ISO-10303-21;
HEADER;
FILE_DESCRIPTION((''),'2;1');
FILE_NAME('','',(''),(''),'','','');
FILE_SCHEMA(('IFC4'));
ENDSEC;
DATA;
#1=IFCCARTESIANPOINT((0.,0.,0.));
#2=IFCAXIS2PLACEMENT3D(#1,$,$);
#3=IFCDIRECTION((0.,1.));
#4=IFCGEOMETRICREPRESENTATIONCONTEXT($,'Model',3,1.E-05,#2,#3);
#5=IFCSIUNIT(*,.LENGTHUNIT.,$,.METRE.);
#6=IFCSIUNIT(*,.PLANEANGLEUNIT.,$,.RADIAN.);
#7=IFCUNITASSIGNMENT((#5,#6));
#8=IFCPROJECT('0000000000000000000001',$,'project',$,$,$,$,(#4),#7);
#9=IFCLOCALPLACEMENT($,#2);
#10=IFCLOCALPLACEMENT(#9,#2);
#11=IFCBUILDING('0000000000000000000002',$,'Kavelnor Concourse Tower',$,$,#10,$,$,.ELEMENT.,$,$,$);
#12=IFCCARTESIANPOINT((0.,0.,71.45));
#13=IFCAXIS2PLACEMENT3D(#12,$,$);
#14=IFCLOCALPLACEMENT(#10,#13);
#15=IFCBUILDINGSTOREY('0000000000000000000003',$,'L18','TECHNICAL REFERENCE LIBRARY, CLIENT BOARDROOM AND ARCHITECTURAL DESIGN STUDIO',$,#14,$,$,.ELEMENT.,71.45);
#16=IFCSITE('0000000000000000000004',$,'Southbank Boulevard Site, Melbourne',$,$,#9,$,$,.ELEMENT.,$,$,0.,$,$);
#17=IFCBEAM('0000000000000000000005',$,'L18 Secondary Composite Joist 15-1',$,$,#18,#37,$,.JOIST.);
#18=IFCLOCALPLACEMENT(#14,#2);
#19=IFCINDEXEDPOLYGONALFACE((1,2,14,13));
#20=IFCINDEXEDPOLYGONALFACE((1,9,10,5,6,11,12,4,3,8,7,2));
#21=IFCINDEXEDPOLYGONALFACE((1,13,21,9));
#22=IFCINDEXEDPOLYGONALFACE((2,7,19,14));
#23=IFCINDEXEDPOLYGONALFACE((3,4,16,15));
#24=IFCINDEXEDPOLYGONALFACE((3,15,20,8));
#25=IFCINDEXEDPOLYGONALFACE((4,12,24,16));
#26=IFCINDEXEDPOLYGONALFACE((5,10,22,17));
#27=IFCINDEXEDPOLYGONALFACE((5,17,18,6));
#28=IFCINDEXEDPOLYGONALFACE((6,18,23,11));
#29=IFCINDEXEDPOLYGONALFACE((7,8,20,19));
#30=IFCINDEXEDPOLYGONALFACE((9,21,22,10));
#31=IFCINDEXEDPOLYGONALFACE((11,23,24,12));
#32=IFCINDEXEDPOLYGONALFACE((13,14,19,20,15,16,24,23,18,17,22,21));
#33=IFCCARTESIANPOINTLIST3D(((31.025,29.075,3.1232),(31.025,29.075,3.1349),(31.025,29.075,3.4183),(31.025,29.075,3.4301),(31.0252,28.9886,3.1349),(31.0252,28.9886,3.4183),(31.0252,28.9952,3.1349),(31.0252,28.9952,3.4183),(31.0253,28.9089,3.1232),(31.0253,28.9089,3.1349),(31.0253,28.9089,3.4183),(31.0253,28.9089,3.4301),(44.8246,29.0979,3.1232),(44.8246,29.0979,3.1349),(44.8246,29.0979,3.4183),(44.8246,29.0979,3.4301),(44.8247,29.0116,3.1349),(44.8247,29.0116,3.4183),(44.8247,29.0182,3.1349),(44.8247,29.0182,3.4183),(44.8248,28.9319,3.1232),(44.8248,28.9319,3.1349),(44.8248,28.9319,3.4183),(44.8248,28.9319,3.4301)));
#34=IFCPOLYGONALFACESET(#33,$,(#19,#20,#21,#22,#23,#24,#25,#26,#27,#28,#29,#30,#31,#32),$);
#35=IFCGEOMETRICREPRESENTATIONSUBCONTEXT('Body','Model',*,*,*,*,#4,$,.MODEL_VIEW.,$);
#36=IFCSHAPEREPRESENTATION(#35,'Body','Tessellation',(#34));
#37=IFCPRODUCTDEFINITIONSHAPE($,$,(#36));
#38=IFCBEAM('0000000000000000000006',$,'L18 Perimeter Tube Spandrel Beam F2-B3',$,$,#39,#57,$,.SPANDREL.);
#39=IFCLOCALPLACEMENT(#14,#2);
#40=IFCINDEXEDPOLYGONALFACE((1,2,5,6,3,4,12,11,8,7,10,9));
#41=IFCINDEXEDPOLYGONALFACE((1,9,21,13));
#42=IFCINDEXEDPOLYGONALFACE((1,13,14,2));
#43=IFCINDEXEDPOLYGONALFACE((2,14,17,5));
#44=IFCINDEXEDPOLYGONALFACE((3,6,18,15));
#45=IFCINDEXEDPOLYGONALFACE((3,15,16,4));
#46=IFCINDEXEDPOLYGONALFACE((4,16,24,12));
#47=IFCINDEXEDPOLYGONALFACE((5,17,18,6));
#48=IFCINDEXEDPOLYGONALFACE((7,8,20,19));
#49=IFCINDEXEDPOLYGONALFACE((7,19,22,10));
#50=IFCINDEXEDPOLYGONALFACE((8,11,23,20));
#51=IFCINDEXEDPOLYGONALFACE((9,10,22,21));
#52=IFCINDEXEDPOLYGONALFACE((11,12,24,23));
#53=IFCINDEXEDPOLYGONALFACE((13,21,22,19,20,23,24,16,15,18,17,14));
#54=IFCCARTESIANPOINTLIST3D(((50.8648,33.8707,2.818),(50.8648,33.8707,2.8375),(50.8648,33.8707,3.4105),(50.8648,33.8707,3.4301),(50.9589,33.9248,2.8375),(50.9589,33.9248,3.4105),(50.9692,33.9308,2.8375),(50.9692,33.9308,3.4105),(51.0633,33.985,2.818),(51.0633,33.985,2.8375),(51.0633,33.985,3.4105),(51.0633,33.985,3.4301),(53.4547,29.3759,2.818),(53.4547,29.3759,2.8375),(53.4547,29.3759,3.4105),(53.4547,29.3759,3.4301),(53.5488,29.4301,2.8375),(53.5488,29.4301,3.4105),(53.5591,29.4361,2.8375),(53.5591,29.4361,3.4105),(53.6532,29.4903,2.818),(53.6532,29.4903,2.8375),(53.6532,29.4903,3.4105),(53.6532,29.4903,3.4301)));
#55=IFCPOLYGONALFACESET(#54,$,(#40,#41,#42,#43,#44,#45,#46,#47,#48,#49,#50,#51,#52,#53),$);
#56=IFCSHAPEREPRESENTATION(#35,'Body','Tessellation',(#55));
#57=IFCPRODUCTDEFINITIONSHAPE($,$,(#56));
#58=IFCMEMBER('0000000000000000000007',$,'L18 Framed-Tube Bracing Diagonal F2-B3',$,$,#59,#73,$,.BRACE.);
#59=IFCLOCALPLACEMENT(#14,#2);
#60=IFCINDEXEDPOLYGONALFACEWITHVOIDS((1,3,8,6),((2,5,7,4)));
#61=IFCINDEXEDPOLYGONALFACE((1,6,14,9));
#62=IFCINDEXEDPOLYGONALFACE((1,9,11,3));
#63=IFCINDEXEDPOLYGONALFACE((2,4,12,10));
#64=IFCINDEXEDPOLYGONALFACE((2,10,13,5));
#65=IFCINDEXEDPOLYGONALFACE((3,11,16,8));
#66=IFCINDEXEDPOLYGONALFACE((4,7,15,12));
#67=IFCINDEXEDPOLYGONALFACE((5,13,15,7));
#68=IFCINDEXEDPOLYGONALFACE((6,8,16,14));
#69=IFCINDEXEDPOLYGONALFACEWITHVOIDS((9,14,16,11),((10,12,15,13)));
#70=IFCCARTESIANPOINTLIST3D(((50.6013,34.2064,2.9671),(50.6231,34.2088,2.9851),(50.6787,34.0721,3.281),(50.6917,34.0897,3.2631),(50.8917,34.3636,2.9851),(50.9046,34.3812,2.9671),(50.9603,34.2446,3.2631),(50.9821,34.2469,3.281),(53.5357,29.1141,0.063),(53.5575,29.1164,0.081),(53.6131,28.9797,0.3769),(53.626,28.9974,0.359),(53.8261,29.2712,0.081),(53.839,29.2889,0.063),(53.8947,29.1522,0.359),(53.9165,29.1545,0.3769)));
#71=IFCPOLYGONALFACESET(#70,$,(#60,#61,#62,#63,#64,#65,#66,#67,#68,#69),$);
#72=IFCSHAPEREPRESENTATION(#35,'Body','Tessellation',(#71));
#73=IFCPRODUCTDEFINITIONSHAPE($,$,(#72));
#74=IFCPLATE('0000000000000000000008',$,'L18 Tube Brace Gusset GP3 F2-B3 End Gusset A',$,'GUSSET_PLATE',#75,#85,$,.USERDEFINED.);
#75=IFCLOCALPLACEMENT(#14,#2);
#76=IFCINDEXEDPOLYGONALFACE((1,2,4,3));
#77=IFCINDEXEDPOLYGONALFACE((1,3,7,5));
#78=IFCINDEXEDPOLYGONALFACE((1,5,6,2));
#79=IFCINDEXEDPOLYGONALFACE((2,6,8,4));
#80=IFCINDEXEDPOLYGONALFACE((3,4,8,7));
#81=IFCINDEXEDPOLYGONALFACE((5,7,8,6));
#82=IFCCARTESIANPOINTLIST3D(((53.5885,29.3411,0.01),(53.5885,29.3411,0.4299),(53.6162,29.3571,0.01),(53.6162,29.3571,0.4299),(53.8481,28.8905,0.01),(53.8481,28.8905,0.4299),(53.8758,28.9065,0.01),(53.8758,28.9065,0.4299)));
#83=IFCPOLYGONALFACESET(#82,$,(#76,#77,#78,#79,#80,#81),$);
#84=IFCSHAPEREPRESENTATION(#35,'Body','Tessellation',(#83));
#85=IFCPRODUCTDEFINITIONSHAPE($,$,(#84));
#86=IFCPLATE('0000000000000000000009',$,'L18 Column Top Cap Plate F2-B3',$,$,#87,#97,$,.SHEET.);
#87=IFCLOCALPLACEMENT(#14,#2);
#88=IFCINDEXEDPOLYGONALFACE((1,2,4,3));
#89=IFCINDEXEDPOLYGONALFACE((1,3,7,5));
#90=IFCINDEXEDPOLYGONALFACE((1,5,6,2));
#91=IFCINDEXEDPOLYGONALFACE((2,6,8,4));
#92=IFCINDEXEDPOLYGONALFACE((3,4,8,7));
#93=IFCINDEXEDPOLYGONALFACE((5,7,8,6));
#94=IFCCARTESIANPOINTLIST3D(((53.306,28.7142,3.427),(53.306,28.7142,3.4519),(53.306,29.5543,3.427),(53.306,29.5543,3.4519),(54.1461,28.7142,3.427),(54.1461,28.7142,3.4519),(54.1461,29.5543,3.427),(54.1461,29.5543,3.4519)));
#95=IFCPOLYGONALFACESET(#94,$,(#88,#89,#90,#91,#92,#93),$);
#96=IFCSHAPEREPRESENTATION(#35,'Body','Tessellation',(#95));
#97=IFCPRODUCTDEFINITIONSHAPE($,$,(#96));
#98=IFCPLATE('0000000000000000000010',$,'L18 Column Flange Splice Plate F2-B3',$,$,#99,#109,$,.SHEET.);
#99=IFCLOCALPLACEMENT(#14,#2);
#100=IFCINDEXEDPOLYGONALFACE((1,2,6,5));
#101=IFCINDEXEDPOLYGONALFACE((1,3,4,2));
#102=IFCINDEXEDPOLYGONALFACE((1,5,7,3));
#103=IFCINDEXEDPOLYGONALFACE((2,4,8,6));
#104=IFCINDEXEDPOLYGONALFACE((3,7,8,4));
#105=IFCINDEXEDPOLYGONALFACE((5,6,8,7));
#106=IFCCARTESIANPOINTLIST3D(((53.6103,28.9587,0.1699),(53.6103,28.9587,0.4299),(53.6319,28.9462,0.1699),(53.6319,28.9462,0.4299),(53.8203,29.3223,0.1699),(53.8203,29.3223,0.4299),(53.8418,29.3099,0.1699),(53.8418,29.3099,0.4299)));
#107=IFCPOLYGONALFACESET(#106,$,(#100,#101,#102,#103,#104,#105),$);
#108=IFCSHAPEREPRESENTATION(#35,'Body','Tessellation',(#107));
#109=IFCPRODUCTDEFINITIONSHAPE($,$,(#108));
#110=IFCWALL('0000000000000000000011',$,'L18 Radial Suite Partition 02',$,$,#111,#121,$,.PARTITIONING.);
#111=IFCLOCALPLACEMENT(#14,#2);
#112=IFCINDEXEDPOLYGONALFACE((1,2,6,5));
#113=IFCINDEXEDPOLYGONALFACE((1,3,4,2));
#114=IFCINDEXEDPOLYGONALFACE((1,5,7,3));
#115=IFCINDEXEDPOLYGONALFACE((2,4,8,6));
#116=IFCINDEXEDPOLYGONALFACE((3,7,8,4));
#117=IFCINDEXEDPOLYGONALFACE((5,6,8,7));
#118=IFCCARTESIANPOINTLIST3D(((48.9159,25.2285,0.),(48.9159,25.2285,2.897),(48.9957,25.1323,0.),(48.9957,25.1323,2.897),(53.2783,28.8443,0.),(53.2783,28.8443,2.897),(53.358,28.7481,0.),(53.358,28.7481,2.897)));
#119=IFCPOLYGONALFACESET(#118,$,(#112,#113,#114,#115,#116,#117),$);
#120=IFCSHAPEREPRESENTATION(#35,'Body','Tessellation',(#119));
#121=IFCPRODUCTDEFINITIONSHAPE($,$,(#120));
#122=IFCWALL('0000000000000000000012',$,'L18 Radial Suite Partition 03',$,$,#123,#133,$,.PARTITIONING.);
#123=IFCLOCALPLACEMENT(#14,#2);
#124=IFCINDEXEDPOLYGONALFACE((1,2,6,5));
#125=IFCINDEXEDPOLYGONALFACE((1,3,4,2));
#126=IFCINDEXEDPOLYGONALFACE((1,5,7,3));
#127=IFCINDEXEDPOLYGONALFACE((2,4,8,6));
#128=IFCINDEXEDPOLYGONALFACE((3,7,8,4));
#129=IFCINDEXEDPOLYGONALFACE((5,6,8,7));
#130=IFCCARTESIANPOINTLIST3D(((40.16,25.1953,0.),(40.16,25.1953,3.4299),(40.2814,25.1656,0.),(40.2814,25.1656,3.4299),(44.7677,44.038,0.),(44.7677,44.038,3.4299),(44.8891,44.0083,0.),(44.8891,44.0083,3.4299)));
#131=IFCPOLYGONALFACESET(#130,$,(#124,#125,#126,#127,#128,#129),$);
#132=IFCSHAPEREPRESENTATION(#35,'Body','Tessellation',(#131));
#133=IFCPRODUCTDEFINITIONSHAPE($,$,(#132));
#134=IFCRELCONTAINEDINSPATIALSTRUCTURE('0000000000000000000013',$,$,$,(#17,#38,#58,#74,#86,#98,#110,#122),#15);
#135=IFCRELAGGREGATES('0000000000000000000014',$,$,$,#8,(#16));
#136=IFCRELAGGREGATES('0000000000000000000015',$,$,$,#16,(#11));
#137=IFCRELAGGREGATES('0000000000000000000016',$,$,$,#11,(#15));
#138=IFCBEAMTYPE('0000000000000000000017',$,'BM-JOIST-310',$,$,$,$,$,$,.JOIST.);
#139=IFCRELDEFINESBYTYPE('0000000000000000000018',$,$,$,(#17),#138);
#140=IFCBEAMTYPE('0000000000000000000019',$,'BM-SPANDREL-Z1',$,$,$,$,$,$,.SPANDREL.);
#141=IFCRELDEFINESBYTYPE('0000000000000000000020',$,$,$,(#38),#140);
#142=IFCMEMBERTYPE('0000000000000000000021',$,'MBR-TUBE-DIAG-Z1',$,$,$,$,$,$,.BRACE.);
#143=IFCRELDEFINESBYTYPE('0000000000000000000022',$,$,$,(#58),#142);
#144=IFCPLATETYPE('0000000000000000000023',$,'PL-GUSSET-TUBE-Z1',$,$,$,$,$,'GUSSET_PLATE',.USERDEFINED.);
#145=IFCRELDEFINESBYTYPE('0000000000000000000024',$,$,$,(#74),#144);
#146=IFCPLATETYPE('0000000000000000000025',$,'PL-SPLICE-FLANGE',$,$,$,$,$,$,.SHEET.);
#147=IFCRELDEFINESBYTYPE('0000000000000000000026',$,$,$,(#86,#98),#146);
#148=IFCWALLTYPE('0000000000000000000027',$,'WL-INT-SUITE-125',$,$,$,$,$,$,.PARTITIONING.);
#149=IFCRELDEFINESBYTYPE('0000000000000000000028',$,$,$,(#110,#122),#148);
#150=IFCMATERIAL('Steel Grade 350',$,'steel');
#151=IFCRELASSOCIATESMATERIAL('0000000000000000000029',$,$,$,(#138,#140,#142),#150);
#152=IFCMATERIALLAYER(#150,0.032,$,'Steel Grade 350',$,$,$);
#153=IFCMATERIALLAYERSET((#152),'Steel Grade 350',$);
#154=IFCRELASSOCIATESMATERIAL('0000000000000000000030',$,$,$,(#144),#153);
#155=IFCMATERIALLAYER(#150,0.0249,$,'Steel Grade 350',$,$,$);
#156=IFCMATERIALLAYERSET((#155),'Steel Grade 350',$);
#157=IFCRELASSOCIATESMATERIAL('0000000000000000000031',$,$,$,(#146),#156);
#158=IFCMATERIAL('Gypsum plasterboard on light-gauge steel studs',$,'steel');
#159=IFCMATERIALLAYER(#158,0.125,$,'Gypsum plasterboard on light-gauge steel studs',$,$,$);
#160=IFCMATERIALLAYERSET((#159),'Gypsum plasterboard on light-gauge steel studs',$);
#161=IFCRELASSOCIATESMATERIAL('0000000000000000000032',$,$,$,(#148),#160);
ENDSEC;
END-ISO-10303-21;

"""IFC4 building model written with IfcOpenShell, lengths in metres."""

from ifc_helpers import new_model, si_unit, direction, frame, frame_2d, origin, origin_2d, place, context, subcontext, project, spatial, rectangle, hollow_rectangle, i_section, extrude, material, layer, layer_set, material_profile, profile_set, type_object, element, save


model = new_model("IFC4")

# Units and contexts
model_context = context("Model", 3, precision=1e-05, world=origin(), true_north=direction((0.0, 1.0)))
body_context = subcontext(model_context, "Body", "Model", "MODEL_VIEW")
ifc_project = project(units=[si_unit("LENGTHUNIT", "METRE"), si_unit("PLANEANGLEUNIT", "RADIAN")], contexts=[model_context])

# Site, building, storey
site_placement = place(None, origin())
site = spatial("IfcSite", under=ifc_project, at=site_placement, Name="Southbank Boulevard Site, Melbourne", CompositionType="ELEMENT", RefElevation=0.0)
building_placement = place(site_placement, origin())
building = spatial("IfcBuilding", under=site, at=building_placement, Name="Kavelnor Concourse Tower", CompositionType="ELEMENT")
storey_placement = place(building_placement, frame((0.0, 0.0, 71.45)))
storey = spatial("IfcBuildingStorey", under=building, at=storey_placement, Name="L18", Description="TECHNICAL REFERENCE LIBRARY, CLIENT BOARDROOM AND ARCHITECTURAL DESIGN STUDIO", CompositionType="ELEMENT", Elevation=71.45)

# Shared definitions
ifc_material_1 = material(Name="Steel Grade 350", Category="steel")

# Beams
ifc_material_profile_1 = material_profile(ifc_material_1, i_section(OverallWidth=0.166, OverallDepth=0.3069, WebThickness=0.0066, FlangeThickness=0.0117, at=origin_2d()), Name="310UB46")
ifc_profile_set_1 = profile_set([ifc_material_profile_1], Name="Steel Grade 350")
beam_type_1 = type_object("IfcBeamType", Name="BM-JOIST-310", PredefinedType="JOIST", material=ifc_profile_set_1)
beam_1_placement = place(storey_placement, frame((44.8247, 29.0149, 3.2766), z_axis=(-0.999999, -0.001663, 0.0), x_axis=(0.001663, -0.999999, 0.0)))
element("IfcBeam", 1, at=beam_1_placement, inside=storey, type_object=beam_type_1, Name="L18 Secondary Composite Joist 15-1", PredefinedType="JOIST", context=body_context, shape_type="SweptSolid", body=[
    extrude(i_section(OverallWidth=0.166, OverallDepth=0.3069, WebThickness=0.0066, FlangeThickness=0.0117, at=origin_2d()), origin(), (0.0, 0.0, 1.0), 13.7996),
])
ifc_material_profile_2 = material_profile(ifc_material_1, i_section(OverallWidth=0.229, OverallDepth=0.6121, WebThickness=0.012, FlangeThickness=0.0195, at=origin_2d()), Name="610UB125")
ifc_profile_set_2 = profile_set([ifc_material_profile_2], Name="Steel Grade 350")
beam_type_2 = type_object("IfcBeamType", Name="BM-SPANDREL-Z1", PredefinedType="SPANDREL", material=ifc_profile_set_2)
beam_2_placement = place(storey_placement, frame((53.554, 29.4331, 3.124), z_axis=(-0.499258, 0.866453, 0.0), x_axis=(-0.866453, -0.499258, 0.0)))
element("IfcBeam", 2, at=beam_2_placement, inside=storey, type_object=beam_type_2, Name="L18 Perimeter Tube Spandrel Beam F2-B3", PredefinedType="SPANDREL", context=body_context, shape_type="SweptSolid", body=[
    extrude(i_section(OverallWidth=0.229, OverallDepth=0.6121, WebThickness=0.012, FlangeThickness=0.0195, at=origin_2d()), origin(), (0.0, 0.0, 1.0), 5.1875),
])

# Member
ifc_material_profile_3 = material_profile(ifc_material_1, hollow_rectangle(XDim=0.3501, YDim=0.3501, WallThickness=0.02, at=origin_2d()), Name="SHS 350x350x20")
ifc_profile_set_3 = profile_set([ifc_material_profile_3], Name="Steel Grade 350")
member_type = type_object("IfcMemberType", Name="MBR-TUBE-DIAG-Z1", PredefinedType="BRACE", material=ifc_profile_set_3)
member_placement = place(storey_placement, frame((53.7261, 29.1343, 0.22), z_axis=(-0.44761, 0.776791, 0.442992), x_axis=(-0.866445, -0.499272, 0.0)))
element("IfcMember", 3, at=member_placement, inside=storey, type_object=member_type, Name="L18 Framed-Tube Bracing Diagonal F2-B3", PredefinedType="BRACE", context=body_context, shape_type="SweptSolid", body=[
    extrude(hollow_rectangle(XDim=0.3501, YDim=0.3501, WallThickness=0.02, at=origin_2d()), origin(), (0.0, 0.0, 1.0), 6.5557),
])

# Plates
ifc_layer_1 = layer(ifc_material_1, 0.032, Name="Steel Grade 350")
ifc_layer_set_1 = layer_set([ifc_layer_1], Name="Steel Grade 350")
plate_type_1 = type_object("IfcPlateType", Name="PL-GUSSET-TUBE-Z1", ElementType="GUSSET_PLATE", PredefinedType="USERDEFINED", material=ifc_layer_set_1)
plate_1_placement = place(storey_placement, frame((53.7322, 29.1238, 0.01), z_axis=(0.0, 0.0, 1.0), x_axis=(-0.499244, 0.866461, 0.0)))
element("IfcPlate", 4, at=plate_1_placement, inside=storey, type_object=plate_type_1, Name="L18 Tube Brace Gusset GP3 F2-B3 End Gusset A", ObjectType="GUSSET_PLATE", PredefinedType="USERDEFINED", context=body_context, shape_type="SweptSolid", body=[
    extrude(rectangle(XDim=0.52, YDim=0.032, at=origin_2d()), origin(), (0.0, 0.0, 1.0), 0.4199),
])
ifc_layer_2 = layer(ifc_material_1, 0.0249, Name="Steel Grade 350")
ifc_layer_set_2 = layer_set([ifc_layer_2], Name="Steel Grade 350")
plate_type_2 = type_object("IfcPlateType", Name="PL-SPLICE-FLANGE", PredefinedType="SHEET", material=ifc_layer_set_2)
plate_2_placement = place(storey_placement, frame((53.7261, 29.1343, 3.427), z_axis=(0.0, 0.0, 1.0), x_axis=(1.0, 0.0, 0.0)))
element("IfcPlate", 5, at=plate_2_placement, inside=storey, type_object=plate_type_2, Name="L18 Column Top Cap Plate F2-B3", PredefinedType="SHEET", context=body_context, shape_type="SweptSolid", body=[
    extrude(rectangle(XDim=0.8401, YDim=0.8401, at=origin_2d()), origin(), (0.0, 0.0, 1.0), 0.0249),
])
plate_3_placement = place(storey_placement, frame((53.7261, 29.1343, 0.1699), z_axis=(0.0, 0.0, 1.0), x_axis=(-0.5, -0.866025, 0.0)))
element("IfcPlate", 6, at=plate_3_placement, inside=storey, type_object=plate_type_2, Name="L18 Column Flange Splice Plate F2-B3", PredefinedType="SHEET", context=body_context, shape_type="SweptSolid", body=[
    extrude(rectangle(XDim=0.4199, YDim=0.0249, at=origin_2d()), origin(), (0.0, 0.0, 1.0), 0.26),
])

# Walls
ifc_material_2 = material(Name="Gypsum plasterboard on light-gauge steel studs", Category="steel")
ifc_layer_3 = layer(ifc_material_2, 0.125, Name="Gypsum plasterboard on light-gauge steel studs")
ifc_layer_set_3 = layer_set([ifc_layer_3], Name="Gypsum plasterboard on light-gauge steel studs")
wall_type = type_object("IfcWallType", Name="WL-INT-SUITE-125", PredefinedType="PARTITIONING", material=ifc_layer_set_3)
wall_1_placement = place(storey_placement, frame((48.9558, 25.1804, 0.0), z_axis=(0.0, 0.0, 1.0), x_axis=(0.769914, 0.638148, 0.0)))
element("IfcWall", 7, at=wall_1_placement, inside=storey, type_object=wall_type, Name="L18 Radial Suite Partition 02", PredefinedType="PARTITIONING", context=body_context, shape_type="SweptSolid", body=[
    extrude(rectangle(XDim=5.666, YDim=0.125, at=frame_2d((2.833, 0.0))), origin(), (0.0, 0.0, 1.0), 2.897),
])
wall_2_placement = place(storey_placement, frame((40.2207, 25.1804, 0.0), z_axis=(0.0, 0.0, 1.0), x_axis=(0.237534, 0.971379, 0.0)))
element("IfcWall", 8, at=wall_2_placement, inside=storey, type_object=wall_type, Name="L18 Radial Suite Partition 03", PredefinedType="PARTITIONING", context=body_context, shape_type="SweptSolid", body=[
    extrude(rectangle(XDim=19.3979, YDim=0.125, at=frame_2d((9.699, 0.0))), origin(), (0.0, 0.0, 1.0), 3.4299),
])

save(model, "model.ifc")
